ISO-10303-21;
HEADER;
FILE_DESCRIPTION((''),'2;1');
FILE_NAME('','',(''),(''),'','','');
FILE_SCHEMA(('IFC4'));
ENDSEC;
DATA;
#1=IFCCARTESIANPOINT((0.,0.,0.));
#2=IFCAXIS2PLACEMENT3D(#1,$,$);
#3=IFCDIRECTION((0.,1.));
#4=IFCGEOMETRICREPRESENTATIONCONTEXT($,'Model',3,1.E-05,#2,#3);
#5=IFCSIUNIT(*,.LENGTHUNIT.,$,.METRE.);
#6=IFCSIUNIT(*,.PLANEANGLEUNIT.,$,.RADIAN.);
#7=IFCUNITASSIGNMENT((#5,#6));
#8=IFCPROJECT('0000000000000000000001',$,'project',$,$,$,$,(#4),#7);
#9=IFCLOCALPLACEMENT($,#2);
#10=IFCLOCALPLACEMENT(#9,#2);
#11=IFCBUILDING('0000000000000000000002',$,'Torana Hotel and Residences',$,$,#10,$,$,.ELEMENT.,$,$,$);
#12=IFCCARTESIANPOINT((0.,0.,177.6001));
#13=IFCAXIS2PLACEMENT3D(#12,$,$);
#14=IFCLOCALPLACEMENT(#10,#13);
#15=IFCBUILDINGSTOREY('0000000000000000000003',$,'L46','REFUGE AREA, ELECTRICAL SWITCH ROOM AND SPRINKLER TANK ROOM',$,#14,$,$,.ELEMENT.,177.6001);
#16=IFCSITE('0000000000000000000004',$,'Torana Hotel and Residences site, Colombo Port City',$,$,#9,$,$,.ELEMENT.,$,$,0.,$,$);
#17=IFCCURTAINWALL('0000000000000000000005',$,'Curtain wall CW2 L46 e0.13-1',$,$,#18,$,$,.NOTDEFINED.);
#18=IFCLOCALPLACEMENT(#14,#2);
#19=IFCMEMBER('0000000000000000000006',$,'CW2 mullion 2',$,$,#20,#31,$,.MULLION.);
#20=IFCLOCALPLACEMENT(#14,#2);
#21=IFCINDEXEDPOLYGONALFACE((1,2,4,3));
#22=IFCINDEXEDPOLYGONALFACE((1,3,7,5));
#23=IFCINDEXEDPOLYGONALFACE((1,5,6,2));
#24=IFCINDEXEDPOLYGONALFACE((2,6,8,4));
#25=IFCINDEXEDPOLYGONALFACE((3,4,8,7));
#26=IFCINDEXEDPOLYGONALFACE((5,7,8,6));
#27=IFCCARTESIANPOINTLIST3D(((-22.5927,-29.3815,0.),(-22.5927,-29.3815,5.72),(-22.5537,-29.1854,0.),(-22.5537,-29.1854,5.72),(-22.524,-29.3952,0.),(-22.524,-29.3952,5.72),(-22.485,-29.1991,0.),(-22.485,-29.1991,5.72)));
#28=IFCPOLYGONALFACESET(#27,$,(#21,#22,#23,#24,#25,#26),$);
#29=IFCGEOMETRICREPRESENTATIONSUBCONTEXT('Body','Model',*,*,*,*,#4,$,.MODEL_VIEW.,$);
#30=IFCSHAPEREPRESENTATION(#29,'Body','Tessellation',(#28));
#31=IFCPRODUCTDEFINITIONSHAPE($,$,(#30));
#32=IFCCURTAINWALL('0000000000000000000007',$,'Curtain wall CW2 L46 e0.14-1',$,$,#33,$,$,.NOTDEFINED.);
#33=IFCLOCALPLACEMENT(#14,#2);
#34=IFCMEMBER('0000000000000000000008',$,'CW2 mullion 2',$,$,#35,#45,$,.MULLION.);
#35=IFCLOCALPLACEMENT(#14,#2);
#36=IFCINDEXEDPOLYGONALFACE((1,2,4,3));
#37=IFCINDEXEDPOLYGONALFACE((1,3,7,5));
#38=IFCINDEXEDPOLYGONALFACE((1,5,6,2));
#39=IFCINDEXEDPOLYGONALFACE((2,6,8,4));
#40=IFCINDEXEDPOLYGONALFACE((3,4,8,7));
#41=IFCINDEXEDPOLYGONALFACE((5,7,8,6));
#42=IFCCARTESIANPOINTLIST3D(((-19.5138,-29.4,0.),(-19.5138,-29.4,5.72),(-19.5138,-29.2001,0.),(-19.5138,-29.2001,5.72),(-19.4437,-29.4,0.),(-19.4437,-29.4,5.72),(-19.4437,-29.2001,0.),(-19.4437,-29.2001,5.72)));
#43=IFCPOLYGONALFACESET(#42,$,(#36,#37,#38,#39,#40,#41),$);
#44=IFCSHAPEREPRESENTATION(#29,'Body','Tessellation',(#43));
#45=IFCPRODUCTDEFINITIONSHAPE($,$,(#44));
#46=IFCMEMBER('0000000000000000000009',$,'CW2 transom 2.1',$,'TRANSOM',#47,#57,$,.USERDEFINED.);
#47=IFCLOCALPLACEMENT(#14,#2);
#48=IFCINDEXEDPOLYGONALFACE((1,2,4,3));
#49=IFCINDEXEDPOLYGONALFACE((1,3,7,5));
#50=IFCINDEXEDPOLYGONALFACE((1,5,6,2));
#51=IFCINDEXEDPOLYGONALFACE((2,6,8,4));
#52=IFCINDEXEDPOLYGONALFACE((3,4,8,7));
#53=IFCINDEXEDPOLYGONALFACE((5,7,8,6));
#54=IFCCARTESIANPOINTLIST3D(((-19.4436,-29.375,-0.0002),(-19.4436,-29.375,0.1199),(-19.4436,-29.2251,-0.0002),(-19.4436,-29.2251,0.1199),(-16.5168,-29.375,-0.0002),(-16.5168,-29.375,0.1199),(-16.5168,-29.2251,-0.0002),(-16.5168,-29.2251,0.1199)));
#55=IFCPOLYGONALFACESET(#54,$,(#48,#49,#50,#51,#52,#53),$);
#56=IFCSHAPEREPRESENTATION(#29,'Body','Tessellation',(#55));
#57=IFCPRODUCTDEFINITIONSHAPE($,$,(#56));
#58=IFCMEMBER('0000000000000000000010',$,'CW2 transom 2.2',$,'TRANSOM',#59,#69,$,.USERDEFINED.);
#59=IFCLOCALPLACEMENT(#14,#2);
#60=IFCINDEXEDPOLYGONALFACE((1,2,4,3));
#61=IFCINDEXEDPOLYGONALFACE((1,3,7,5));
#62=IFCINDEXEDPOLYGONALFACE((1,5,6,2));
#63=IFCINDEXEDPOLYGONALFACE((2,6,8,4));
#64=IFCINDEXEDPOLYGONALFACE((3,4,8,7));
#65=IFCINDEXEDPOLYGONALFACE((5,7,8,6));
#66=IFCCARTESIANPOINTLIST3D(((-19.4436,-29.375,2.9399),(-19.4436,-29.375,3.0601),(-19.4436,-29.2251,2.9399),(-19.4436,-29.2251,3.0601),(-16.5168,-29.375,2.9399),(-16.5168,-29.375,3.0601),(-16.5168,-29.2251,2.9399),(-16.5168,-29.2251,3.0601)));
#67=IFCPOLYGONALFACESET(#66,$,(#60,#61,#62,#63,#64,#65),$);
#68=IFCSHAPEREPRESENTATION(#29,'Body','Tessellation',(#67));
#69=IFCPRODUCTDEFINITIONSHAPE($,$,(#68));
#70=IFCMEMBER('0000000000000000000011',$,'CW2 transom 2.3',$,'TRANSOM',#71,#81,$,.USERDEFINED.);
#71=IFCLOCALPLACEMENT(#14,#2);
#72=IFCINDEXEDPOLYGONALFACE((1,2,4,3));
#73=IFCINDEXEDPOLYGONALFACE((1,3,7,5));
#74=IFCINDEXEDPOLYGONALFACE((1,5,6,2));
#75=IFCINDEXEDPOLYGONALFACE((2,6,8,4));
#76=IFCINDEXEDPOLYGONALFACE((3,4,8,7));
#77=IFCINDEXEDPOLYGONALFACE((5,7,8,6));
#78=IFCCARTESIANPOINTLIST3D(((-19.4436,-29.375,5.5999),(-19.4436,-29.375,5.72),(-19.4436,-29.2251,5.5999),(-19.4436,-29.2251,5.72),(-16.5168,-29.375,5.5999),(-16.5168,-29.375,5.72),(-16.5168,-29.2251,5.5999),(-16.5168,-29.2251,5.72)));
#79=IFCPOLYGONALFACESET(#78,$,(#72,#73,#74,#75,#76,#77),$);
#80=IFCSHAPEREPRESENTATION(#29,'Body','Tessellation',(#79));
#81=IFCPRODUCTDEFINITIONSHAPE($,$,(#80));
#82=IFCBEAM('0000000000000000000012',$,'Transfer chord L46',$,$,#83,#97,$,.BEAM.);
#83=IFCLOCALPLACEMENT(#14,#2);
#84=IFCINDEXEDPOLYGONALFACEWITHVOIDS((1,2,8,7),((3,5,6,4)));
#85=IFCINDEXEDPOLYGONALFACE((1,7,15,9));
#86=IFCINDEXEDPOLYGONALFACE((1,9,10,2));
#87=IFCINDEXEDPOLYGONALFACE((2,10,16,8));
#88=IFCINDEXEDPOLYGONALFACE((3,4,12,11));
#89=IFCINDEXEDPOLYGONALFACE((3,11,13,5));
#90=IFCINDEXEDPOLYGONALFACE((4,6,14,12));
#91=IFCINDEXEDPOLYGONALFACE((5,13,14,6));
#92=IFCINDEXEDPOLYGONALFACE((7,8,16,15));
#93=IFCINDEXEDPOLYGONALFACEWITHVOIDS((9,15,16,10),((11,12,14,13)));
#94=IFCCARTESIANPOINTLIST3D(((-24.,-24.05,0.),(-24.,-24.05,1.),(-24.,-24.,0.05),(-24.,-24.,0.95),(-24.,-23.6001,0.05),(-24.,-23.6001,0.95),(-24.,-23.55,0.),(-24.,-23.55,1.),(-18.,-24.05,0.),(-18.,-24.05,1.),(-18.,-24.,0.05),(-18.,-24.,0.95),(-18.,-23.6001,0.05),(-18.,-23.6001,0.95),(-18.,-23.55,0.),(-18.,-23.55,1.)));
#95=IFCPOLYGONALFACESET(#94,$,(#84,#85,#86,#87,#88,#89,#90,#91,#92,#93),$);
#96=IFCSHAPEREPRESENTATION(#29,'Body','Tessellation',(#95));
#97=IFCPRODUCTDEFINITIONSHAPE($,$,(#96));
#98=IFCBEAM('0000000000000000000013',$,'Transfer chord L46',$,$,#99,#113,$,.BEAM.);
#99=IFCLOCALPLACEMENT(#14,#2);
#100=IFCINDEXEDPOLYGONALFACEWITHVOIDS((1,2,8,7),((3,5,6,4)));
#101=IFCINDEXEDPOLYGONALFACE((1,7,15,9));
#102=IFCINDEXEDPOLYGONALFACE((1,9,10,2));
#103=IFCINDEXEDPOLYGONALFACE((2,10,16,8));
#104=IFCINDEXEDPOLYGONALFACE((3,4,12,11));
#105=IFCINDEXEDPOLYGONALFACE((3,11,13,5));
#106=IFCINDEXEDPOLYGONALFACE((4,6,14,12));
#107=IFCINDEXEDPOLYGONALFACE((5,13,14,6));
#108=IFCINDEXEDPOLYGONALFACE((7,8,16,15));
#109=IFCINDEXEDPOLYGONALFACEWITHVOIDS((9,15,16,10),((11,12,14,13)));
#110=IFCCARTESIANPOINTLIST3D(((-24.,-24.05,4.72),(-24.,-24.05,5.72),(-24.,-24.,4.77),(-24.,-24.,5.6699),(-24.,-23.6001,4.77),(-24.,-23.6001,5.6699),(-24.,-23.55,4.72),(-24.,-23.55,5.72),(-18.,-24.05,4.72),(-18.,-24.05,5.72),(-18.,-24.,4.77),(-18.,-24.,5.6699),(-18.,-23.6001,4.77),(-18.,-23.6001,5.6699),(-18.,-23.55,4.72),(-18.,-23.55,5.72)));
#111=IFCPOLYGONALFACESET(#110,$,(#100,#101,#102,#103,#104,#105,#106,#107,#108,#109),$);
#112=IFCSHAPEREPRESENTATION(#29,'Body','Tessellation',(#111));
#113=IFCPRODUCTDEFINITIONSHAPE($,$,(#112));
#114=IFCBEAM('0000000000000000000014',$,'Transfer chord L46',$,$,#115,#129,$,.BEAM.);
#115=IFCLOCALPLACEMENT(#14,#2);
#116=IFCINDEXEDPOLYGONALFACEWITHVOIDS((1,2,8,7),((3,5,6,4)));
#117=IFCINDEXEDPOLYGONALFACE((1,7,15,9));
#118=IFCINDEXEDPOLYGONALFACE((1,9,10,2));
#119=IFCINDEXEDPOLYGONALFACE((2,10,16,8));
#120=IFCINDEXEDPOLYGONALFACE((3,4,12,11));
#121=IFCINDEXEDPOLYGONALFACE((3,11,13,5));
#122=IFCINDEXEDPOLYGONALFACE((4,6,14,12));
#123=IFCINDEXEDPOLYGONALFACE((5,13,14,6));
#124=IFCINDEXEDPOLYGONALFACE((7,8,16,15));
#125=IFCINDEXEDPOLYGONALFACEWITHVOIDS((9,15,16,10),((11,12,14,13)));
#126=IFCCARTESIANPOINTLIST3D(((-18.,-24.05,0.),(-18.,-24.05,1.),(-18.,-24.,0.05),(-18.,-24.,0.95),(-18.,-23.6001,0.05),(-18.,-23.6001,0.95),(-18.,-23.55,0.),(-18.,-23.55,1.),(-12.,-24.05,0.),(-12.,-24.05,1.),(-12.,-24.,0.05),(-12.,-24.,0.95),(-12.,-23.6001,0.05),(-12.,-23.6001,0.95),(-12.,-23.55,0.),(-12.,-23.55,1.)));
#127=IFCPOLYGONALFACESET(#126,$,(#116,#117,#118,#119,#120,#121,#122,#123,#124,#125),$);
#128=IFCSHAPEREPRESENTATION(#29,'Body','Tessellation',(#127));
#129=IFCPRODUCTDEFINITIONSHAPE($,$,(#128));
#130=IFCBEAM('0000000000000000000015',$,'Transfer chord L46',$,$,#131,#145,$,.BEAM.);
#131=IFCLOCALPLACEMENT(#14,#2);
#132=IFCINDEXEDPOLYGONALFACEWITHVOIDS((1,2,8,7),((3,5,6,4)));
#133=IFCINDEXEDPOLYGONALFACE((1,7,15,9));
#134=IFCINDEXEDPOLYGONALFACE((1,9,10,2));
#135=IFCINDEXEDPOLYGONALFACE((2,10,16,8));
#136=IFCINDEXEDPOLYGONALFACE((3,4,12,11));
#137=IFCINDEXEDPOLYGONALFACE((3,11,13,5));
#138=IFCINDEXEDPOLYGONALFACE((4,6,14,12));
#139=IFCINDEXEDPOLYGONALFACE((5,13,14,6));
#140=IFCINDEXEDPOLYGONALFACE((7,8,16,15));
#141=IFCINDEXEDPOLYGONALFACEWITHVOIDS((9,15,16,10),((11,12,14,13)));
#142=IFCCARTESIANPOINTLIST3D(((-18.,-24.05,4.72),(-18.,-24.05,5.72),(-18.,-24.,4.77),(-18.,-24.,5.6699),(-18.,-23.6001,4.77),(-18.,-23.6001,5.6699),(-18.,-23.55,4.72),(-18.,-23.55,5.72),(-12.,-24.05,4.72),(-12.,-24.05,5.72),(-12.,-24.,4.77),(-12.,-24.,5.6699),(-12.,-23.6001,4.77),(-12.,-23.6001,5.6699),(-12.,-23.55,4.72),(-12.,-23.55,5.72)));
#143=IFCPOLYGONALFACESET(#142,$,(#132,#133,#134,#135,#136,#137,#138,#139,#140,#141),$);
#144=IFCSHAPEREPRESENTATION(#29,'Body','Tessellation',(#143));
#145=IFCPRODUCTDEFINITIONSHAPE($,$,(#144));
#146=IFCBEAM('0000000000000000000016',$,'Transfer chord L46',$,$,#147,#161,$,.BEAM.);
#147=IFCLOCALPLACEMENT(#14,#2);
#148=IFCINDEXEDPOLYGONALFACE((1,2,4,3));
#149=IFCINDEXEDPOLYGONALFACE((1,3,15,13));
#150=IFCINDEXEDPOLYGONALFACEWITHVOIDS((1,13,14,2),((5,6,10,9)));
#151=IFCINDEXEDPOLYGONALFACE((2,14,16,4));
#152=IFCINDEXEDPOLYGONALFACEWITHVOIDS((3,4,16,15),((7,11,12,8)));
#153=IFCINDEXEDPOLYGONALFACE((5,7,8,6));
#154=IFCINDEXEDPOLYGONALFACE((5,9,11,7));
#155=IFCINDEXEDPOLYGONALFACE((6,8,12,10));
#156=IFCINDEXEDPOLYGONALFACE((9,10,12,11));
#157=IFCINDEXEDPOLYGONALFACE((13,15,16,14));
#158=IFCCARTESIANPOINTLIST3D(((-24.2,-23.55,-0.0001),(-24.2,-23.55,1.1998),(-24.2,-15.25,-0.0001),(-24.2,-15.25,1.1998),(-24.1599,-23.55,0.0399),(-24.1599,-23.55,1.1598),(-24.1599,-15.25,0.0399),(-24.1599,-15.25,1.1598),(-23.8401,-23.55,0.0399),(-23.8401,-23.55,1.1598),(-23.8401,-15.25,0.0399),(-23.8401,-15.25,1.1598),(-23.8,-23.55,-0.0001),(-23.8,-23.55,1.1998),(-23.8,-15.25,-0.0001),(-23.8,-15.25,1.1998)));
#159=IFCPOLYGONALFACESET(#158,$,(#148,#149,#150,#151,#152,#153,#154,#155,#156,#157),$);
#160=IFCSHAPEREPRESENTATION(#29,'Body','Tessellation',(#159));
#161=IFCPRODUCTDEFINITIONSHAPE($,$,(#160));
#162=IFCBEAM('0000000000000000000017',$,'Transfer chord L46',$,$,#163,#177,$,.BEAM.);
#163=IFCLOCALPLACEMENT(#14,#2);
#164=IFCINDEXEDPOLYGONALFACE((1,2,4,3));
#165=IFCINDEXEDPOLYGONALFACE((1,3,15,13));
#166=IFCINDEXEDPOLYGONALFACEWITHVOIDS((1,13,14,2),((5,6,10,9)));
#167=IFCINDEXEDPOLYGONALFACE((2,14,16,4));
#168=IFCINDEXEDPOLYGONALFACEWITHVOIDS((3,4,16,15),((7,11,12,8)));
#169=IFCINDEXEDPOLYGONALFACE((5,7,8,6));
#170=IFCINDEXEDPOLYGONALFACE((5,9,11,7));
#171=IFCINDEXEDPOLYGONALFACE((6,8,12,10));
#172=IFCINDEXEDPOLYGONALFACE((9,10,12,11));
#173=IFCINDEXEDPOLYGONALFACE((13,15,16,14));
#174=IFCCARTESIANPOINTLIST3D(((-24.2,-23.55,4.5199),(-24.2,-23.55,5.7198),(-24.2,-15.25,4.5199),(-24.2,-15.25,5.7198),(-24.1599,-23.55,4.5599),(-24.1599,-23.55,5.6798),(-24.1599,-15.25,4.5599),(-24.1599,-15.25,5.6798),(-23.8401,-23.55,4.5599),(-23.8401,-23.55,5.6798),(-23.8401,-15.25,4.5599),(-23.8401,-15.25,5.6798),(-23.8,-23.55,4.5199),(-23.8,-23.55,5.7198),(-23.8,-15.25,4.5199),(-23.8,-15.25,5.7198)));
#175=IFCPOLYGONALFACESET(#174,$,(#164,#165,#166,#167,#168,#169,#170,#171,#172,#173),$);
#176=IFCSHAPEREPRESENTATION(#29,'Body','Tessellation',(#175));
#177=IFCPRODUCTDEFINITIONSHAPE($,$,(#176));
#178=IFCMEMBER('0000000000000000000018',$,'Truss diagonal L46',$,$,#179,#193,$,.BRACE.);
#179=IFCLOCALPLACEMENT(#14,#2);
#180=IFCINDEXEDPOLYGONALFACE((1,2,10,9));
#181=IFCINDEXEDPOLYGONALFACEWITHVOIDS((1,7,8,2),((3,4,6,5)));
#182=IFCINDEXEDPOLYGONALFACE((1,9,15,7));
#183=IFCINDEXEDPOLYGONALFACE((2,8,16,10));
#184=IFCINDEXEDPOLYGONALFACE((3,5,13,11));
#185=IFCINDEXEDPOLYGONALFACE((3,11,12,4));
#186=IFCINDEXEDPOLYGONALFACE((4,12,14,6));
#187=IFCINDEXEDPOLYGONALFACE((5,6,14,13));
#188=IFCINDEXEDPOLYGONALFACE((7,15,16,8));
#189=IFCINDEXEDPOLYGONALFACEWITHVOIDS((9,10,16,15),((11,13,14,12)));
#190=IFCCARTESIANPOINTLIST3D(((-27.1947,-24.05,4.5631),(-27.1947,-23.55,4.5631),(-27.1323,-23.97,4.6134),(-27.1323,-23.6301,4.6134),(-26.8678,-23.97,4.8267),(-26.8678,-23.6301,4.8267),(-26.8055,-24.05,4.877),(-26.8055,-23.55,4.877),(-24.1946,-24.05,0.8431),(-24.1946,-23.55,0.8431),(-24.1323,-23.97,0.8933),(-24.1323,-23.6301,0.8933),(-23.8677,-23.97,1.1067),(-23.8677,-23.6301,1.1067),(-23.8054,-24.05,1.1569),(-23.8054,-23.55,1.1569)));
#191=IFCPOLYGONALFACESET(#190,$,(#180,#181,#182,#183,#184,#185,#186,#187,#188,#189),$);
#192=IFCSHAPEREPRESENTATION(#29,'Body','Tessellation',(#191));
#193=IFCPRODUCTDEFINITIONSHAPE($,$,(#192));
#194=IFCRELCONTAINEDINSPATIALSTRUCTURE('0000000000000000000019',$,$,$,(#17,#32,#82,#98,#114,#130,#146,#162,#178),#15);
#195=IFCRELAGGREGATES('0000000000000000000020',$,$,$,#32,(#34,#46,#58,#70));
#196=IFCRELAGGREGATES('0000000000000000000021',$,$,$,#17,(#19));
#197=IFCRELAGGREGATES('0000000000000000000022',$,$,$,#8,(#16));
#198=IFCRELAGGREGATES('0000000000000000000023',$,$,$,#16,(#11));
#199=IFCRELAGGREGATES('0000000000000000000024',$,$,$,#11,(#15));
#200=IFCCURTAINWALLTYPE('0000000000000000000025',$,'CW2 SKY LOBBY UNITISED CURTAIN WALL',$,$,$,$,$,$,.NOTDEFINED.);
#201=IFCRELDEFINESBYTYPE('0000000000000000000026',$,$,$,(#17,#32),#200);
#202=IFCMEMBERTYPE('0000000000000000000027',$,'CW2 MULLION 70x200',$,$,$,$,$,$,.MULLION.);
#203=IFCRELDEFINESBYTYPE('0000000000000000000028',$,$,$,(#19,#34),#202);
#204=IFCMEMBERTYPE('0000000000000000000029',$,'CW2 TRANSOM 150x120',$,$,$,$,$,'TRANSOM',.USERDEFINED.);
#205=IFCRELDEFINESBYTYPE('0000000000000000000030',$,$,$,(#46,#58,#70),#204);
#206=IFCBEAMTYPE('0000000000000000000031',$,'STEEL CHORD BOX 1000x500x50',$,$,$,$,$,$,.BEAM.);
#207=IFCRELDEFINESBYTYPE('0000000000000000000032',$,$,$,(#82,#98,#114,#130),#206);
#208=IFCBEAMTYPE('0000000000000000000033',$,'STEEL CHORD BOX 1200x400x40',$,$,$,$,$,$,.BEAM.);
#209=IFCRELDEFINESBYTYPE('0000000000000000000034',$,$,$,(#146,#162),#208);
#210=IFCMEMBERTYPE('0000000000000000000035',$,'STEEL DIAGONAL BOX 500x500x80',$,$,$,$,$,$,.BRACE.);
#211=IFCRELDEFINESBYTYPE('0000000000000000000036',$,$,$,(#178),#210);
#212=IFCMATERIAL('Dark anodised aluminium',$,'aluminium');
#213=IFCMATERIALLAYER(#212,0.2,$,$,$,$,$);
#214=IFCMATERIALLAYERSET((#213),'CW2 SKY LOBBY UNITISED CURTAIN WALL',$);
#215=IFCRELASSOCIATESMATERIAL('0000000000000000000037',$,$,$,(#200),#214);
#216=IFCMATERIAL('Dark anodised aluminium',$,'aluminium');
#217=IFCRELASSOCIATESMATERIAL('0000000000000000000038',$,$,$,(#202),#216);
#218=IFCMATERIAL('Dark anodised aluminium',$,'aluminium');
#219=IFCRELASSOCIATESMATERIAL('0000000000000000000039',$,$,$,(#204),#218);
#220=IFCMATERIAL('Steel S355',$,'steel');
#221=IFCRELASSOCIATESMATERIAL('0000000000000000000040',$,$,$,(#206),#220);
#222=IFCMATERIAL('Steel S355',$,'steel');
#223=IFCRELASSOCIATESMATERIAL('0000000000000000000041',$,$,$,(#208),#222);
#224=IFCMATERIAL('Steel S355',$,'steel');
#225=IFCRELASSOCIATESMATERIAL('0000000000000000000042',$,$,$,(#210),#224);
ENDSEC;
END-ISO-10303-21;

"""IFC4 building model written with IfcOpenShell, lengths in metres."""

from ifc_helpers import new_model, si_unit, direction, frame, origin, origin_2d, place, context, subcontext, project, spatial, rectangle, hollow_rectangle, extrude, material, layer, layer_set, material_profile, profile_set, type_object, element, aggregate, save


model = new_model("IFC4")

# Units and contexts
model_context = context("Model", 3, precision=1e-05, world=origin(), true_north=direction((0.0, 1.0)))
body_context = subcontext(model_context, "Body", "Model", "MODEL_VIEW")
ifc_project = project(units=[si_unit("LENGTHUNIT", "METRE"), si_unit("PLANEANGLEUNIT", "RADIAN")], contexts=[model_context])

# Site, building, storey
site_placement = place(None, origin())
site = spatial("IfcSite", under=ifc_project, at=site_placement, Name="Torana Hotel and Residences site, Colombo Port City", CompositionType="ELEMENT", RefElevation=0.0)
building_placement = place(site_placement, origin())
building = spatial("IfcBuilding", under=site, at=building_placement, Name="Torana Hotel and Residences", CompositionType="ELEMENT")
storey_placement = place(building_placement, frame((0.0, 0.0, 177.6001)))
storey = spatial("IfcBuildingStorey", under=building, at=storey_placement, Name="L46", Description="REFUGE AREA, ELECTRICAL SWITCH ROOM AND SPRINKLER TANK ROOM", CompositionType="ELEMENT", Elevation=177.6001)

# Curtain wall, member
ifc_material_1 = material(Name="Dark anodised aluminium", Category="aluminium")
ifc_layer_1 = layer(ifc_material_1, 0.2)
ifc_layer_set_1 = layer_set([ifc_layer_1], Name="CW2 SKY LOBBY UNITISED CURTAIN WALL")
curtain_wall_type = type_object("IfcCurtainWallType", Name="CW2 SKY LOBBY UNITISED CURTAIN WALL", PredefinedType="NOTDEFINED", material=ifc_layer_set_1)
curtain_wall_1_placement = place(storey_placement, origin())
curtain_wall_1 = element("IfcCurtainWall", 1, at=curtain_wall_1_placement, inside=storey, type_object=curtain_wall_type, Name="Curtain wall CW2 L46 e0.13-1", PredefinedType="NOTDEFINED")
ifc_material_2 = material(Name="Dark anodised aluminium", Category="aluminium")
ifc_material_profile_1 = material_profile(ifc_material_2, rectangle(XDim=0.2, YDim=0.0701, at=origin_2d()), Name="CW2 MULLION 70x200")
ifc_profile_set_1 = profile_set([ifc_material_profile_1], Name="Dark anodised aluminium")
member_type_1 = type_object("IfcMemberType", Name="CW2 MULLION 70x200", PredefinedType="MULLION", material=ifc_profile_set_1)
member_1_placement = place(storey_placement, frame((-22.5388, -29.2903, 0.0), z_axis=(0.0, 0.0, 1.0), x_axis=(0.195064, 0.980791, 0.0)))
member_1 = element("IfcMember", 2, at=member_1_placement, type_object=member_type_1, Name="CW2 mullion 2", PredefinedType="MULLION", context=body_context, shape_type="SweptSolid", body=[
    extrude(rectangle(XDim=0.2, YDim=0.0701, at=origin_2d()), origin(), (0.0, 0.0, 1.0), 5.72),
])

# Curtain wall, members
curtain_wall_2_placement = place(storey_placement, origin())
curtain_wall_2 = element("IfcCurtainWall", 3, at=curtain_wall_2_placement, inside=storey, type_object=curtain_wall_type, Name="Curtain wall CW2 L46 e0.14-1", PredefinedType="NOTDEFINED")
member_2_placement = place(storey_placement, frame((-19.4788, -29.3, 0.0), z_axis=(0.0, 0.0, 1.0), x_axis=(0.0, 1.0, 0.0)))
member_2 = element("IfcMember", 4, at=member_2_placement, type_object=member_type_1, Name="CW2 mullion 2", PredefinedType="MULLION", context=body_context, shape_type="SweptSolid", body=[
    extrude(rectangle(XDim=0.2, YDim=0.0701, at=origin_2d()), origin(), (0.0, 0.0, 1.0), 5.72),
])
ifc_material_3 = material(Name="Dark anodised aluminium", Category="aluminium")
ifc_material_profile_2 = material_profile(ifc_material_3, rectangle(XDim=0.1499, YDim=0.1201, at=origin_2d()), Name="CW2 TRANSOM 150x120")
ifc_profile_set_2 = profile_set([ifc_material_profile_2], Name="Dark anodised aluminium")
member_type_2 = type_object("IfcMemberType", Name="CW2 TRANSOM 150x120", ElementType="TRANSOM", PredefinedType="USERDEFINED", material=ifc_profile_set_2)
member_3_placement = place(storey_placement, frame((-19.4436, -29.3, 0.0598), z_axis=(1.0, 0.0, 0.0), x_axis=(0.0, 1.0, 0.0)))
member_3 = element("IfcMember", 5, at=member_3_placement, type_object=member_type_2, Name="CW2 transom 2.1", ObjectType="TRANSOM", PredefinedType="USERDEFINED", context=body_context, shape_type="SweptSolid", body=[
    extrude(rectangle(XDim=0.1499, YDim=0.1201, at=origin_2d()), origin(), (0.0, 0.0, 1.0), 2.9268),
])
member_4_placement = place(storey_placement, frame((-19.4436, -29.3, 3.0), z_axis=(1.0, 0.0, 0.0), x_axis=(0.0, 1.0, 0.0)))
member_4 = element("IfcMember", 6, at=member_4_placement, type_object=member_type_2, Name="CW2 transom 2.2", ObjectType="TRANSOM", PredefinedType="USERDEFINED", context=body_context, shape_type="SweptSolid", body=[
    extrude(rectangle(XDim=0.1499, YDim=0.1201, at=origin_2d()), origin(), (0.0, 0.0, 1.0), 2.9268),
])
member_5_placement = place(storey_placement, frame((-19.4436, -29.3, 5.6599), z_axis=(1.0, 0.0, 0.0), x_axis=(0.0, 1.0, 0.0)))
member_5 = element("IfcMember", 7, at=member_5_placement, type_object=member_type_2, Name="CW2 transom 2.3", ObjectType="TRANSOM", PredefinedType="USERDEFINED", context=body_context, shape_type="SweptSolid", body=[
    extrude(rectangle(XDim=0.1499, YDim=0.1201, at=origin_2d()), origin(), (0.0, 0.0, 1.0), 2.9268),
])
aggregate(curtain_wall_2, [member_2, member_3, member_4, member_5])

# Beams
ifc_material_4 = material(Name="Steel S355", Category="steel")
ifc_material_profile_3 = material_profile(ifc_material_4, hollow_rectangle(XDim=0.5, YDim=1.0, WallThickness=0.05, at=origin_2d()), Name="BOX 1000x500x50")
ifc_profile_set_3 = profile_set([ifc_material_profile_3], Name="Steel S355")
beam_type_1 = type_object("IfcBeamType", Name="STEEL CHORD BOX 1000x500x50", PredefinedType="BEAM", material=ifc_profile_set_3)
for number, where, z_axis, x_axis, name in (
    (8, (-24.0, -23.8, 0.5), (1.0, 0.0, 0.0), (0.0, 1.0, 0.0), "Transfer chord L46"),
    (9, (-24.0, -23.8, 5.22), (1.0, 0.0, 0.0), (0.0, 1.0, 0.0), "Transfer chord L46"),
    (10, (-18.0, -23.8, 0.5), (1.0, 0.0, 0.0), (0.0, 1.0, 0.0), "Transfer chord L46"),
    (11, (-18.0, -23.8, 5.22), (1.0, 0.0, 0.0), (0.0, 1.0, 0.0), "Transfer chord L46"),
):
    element("IfcBeam", number, at=place(storey_placement, frame(where, z_axis=z_axis, x_axis=x_axis)), inside=storey, type_object=beam_type_1, Name=name, PredefinedType="BEAM", context=body_context, shape_type="SweptSolid", body=[
        extrude(hollow_rectangle(XDim=0.5, YDim=1.0, WallThickness=0.05, at=origin_2d()), origin(), (0.0, 0.0, 1.0), 6.0),
    ])
ifc_material_5 = material(Name="Steel S355", Category="steel")
ifc_material_profile_4 = material_profile(ifc_material_5, hollow_rectangle(XDim=0.3999, YDim=1.2, WallThickness=0.04, at=origin_2d()), Name="BOX 1200x400x40")
ifc_profile_set_4 = profile_set([ifc_material_profile_4], Name="Steel S355")
beam_type_2 = type_object("IfcBeamType", Name="STEEL CHORD BOX 1200x400x40", PredefinedType="BEAM", material=ifc_profile_set_4)
for number, where, z_axis, x_axis, name in (
    (12, (-24.0, -23.55, 0.5999), (0.0, 1.0, 0.0), (-1.0, 0.0, 0.0), "Transfer chord L46"),
    (13, (-24.0, -23.55, 5.1199), (0.0, 1.0, 0.0), (-1.0, 0.0, 0.0), "Transfer chord L46"),
):
    element("IfcBeam", number, at=place(storey_placement, frame(where, z_axis=z_axis, x_axis=x_axis)), inside=storey, type_object=beam_type_2, Name=name, PredefinedType="BEAM", context=body_context, shape_type="SweptSolid", body=[
        extrude(hollow_rectangle(XDim=0.3999, YDim=1.2, WallThickness=0.04, at=origin_2d()), origin(), (0.0, 0.0, 1.0), 8.3),
    ])

# Member
ifc_material_6 = material(Name="Steel S355", Category="steel")
ifc_material_profile_5 = material_profile(ifc_material_6, hollow_rectangle(XDim=0.5, YDim=0.5, WallThickness=0.0801, at=origin_2d()), Name="BOX 500x500x80")
ifc_profile_set_5 = profile_set([ifc_material_profile_5], Name="Steel S355")
member_type_3 = type_object("IfcMemberType", Name="STEEL DIAGONAL BOX 500x500x80", PredefinedType="BRACE", material=ifc_profile_set_5)
member_6_placement = place(storey_placement, frame((-24.0, -23.8, 1.0), z_axis=(-0.627755, 0.0, 0.778411), x_axis=(0.0, -1.0, 0.0)))
element("IfcMember", 14, at=member_6_placement, inside=storey, type_object=member_type_3, Name="Truss diagonal L46", PredefinedType="BRACE", context=body_context, shape_type="SweptSolid", body=[
    extrude(hollow_rectangle(XDim=0.5, YDim=0.5, WallThickness=0.0801, at=origin_2d()), origin(), (0.0, 0.0, 1.0), 4.7791),
])

aggregate(curtain_wall_1, [member_1])

save(model, "model.ifc")
